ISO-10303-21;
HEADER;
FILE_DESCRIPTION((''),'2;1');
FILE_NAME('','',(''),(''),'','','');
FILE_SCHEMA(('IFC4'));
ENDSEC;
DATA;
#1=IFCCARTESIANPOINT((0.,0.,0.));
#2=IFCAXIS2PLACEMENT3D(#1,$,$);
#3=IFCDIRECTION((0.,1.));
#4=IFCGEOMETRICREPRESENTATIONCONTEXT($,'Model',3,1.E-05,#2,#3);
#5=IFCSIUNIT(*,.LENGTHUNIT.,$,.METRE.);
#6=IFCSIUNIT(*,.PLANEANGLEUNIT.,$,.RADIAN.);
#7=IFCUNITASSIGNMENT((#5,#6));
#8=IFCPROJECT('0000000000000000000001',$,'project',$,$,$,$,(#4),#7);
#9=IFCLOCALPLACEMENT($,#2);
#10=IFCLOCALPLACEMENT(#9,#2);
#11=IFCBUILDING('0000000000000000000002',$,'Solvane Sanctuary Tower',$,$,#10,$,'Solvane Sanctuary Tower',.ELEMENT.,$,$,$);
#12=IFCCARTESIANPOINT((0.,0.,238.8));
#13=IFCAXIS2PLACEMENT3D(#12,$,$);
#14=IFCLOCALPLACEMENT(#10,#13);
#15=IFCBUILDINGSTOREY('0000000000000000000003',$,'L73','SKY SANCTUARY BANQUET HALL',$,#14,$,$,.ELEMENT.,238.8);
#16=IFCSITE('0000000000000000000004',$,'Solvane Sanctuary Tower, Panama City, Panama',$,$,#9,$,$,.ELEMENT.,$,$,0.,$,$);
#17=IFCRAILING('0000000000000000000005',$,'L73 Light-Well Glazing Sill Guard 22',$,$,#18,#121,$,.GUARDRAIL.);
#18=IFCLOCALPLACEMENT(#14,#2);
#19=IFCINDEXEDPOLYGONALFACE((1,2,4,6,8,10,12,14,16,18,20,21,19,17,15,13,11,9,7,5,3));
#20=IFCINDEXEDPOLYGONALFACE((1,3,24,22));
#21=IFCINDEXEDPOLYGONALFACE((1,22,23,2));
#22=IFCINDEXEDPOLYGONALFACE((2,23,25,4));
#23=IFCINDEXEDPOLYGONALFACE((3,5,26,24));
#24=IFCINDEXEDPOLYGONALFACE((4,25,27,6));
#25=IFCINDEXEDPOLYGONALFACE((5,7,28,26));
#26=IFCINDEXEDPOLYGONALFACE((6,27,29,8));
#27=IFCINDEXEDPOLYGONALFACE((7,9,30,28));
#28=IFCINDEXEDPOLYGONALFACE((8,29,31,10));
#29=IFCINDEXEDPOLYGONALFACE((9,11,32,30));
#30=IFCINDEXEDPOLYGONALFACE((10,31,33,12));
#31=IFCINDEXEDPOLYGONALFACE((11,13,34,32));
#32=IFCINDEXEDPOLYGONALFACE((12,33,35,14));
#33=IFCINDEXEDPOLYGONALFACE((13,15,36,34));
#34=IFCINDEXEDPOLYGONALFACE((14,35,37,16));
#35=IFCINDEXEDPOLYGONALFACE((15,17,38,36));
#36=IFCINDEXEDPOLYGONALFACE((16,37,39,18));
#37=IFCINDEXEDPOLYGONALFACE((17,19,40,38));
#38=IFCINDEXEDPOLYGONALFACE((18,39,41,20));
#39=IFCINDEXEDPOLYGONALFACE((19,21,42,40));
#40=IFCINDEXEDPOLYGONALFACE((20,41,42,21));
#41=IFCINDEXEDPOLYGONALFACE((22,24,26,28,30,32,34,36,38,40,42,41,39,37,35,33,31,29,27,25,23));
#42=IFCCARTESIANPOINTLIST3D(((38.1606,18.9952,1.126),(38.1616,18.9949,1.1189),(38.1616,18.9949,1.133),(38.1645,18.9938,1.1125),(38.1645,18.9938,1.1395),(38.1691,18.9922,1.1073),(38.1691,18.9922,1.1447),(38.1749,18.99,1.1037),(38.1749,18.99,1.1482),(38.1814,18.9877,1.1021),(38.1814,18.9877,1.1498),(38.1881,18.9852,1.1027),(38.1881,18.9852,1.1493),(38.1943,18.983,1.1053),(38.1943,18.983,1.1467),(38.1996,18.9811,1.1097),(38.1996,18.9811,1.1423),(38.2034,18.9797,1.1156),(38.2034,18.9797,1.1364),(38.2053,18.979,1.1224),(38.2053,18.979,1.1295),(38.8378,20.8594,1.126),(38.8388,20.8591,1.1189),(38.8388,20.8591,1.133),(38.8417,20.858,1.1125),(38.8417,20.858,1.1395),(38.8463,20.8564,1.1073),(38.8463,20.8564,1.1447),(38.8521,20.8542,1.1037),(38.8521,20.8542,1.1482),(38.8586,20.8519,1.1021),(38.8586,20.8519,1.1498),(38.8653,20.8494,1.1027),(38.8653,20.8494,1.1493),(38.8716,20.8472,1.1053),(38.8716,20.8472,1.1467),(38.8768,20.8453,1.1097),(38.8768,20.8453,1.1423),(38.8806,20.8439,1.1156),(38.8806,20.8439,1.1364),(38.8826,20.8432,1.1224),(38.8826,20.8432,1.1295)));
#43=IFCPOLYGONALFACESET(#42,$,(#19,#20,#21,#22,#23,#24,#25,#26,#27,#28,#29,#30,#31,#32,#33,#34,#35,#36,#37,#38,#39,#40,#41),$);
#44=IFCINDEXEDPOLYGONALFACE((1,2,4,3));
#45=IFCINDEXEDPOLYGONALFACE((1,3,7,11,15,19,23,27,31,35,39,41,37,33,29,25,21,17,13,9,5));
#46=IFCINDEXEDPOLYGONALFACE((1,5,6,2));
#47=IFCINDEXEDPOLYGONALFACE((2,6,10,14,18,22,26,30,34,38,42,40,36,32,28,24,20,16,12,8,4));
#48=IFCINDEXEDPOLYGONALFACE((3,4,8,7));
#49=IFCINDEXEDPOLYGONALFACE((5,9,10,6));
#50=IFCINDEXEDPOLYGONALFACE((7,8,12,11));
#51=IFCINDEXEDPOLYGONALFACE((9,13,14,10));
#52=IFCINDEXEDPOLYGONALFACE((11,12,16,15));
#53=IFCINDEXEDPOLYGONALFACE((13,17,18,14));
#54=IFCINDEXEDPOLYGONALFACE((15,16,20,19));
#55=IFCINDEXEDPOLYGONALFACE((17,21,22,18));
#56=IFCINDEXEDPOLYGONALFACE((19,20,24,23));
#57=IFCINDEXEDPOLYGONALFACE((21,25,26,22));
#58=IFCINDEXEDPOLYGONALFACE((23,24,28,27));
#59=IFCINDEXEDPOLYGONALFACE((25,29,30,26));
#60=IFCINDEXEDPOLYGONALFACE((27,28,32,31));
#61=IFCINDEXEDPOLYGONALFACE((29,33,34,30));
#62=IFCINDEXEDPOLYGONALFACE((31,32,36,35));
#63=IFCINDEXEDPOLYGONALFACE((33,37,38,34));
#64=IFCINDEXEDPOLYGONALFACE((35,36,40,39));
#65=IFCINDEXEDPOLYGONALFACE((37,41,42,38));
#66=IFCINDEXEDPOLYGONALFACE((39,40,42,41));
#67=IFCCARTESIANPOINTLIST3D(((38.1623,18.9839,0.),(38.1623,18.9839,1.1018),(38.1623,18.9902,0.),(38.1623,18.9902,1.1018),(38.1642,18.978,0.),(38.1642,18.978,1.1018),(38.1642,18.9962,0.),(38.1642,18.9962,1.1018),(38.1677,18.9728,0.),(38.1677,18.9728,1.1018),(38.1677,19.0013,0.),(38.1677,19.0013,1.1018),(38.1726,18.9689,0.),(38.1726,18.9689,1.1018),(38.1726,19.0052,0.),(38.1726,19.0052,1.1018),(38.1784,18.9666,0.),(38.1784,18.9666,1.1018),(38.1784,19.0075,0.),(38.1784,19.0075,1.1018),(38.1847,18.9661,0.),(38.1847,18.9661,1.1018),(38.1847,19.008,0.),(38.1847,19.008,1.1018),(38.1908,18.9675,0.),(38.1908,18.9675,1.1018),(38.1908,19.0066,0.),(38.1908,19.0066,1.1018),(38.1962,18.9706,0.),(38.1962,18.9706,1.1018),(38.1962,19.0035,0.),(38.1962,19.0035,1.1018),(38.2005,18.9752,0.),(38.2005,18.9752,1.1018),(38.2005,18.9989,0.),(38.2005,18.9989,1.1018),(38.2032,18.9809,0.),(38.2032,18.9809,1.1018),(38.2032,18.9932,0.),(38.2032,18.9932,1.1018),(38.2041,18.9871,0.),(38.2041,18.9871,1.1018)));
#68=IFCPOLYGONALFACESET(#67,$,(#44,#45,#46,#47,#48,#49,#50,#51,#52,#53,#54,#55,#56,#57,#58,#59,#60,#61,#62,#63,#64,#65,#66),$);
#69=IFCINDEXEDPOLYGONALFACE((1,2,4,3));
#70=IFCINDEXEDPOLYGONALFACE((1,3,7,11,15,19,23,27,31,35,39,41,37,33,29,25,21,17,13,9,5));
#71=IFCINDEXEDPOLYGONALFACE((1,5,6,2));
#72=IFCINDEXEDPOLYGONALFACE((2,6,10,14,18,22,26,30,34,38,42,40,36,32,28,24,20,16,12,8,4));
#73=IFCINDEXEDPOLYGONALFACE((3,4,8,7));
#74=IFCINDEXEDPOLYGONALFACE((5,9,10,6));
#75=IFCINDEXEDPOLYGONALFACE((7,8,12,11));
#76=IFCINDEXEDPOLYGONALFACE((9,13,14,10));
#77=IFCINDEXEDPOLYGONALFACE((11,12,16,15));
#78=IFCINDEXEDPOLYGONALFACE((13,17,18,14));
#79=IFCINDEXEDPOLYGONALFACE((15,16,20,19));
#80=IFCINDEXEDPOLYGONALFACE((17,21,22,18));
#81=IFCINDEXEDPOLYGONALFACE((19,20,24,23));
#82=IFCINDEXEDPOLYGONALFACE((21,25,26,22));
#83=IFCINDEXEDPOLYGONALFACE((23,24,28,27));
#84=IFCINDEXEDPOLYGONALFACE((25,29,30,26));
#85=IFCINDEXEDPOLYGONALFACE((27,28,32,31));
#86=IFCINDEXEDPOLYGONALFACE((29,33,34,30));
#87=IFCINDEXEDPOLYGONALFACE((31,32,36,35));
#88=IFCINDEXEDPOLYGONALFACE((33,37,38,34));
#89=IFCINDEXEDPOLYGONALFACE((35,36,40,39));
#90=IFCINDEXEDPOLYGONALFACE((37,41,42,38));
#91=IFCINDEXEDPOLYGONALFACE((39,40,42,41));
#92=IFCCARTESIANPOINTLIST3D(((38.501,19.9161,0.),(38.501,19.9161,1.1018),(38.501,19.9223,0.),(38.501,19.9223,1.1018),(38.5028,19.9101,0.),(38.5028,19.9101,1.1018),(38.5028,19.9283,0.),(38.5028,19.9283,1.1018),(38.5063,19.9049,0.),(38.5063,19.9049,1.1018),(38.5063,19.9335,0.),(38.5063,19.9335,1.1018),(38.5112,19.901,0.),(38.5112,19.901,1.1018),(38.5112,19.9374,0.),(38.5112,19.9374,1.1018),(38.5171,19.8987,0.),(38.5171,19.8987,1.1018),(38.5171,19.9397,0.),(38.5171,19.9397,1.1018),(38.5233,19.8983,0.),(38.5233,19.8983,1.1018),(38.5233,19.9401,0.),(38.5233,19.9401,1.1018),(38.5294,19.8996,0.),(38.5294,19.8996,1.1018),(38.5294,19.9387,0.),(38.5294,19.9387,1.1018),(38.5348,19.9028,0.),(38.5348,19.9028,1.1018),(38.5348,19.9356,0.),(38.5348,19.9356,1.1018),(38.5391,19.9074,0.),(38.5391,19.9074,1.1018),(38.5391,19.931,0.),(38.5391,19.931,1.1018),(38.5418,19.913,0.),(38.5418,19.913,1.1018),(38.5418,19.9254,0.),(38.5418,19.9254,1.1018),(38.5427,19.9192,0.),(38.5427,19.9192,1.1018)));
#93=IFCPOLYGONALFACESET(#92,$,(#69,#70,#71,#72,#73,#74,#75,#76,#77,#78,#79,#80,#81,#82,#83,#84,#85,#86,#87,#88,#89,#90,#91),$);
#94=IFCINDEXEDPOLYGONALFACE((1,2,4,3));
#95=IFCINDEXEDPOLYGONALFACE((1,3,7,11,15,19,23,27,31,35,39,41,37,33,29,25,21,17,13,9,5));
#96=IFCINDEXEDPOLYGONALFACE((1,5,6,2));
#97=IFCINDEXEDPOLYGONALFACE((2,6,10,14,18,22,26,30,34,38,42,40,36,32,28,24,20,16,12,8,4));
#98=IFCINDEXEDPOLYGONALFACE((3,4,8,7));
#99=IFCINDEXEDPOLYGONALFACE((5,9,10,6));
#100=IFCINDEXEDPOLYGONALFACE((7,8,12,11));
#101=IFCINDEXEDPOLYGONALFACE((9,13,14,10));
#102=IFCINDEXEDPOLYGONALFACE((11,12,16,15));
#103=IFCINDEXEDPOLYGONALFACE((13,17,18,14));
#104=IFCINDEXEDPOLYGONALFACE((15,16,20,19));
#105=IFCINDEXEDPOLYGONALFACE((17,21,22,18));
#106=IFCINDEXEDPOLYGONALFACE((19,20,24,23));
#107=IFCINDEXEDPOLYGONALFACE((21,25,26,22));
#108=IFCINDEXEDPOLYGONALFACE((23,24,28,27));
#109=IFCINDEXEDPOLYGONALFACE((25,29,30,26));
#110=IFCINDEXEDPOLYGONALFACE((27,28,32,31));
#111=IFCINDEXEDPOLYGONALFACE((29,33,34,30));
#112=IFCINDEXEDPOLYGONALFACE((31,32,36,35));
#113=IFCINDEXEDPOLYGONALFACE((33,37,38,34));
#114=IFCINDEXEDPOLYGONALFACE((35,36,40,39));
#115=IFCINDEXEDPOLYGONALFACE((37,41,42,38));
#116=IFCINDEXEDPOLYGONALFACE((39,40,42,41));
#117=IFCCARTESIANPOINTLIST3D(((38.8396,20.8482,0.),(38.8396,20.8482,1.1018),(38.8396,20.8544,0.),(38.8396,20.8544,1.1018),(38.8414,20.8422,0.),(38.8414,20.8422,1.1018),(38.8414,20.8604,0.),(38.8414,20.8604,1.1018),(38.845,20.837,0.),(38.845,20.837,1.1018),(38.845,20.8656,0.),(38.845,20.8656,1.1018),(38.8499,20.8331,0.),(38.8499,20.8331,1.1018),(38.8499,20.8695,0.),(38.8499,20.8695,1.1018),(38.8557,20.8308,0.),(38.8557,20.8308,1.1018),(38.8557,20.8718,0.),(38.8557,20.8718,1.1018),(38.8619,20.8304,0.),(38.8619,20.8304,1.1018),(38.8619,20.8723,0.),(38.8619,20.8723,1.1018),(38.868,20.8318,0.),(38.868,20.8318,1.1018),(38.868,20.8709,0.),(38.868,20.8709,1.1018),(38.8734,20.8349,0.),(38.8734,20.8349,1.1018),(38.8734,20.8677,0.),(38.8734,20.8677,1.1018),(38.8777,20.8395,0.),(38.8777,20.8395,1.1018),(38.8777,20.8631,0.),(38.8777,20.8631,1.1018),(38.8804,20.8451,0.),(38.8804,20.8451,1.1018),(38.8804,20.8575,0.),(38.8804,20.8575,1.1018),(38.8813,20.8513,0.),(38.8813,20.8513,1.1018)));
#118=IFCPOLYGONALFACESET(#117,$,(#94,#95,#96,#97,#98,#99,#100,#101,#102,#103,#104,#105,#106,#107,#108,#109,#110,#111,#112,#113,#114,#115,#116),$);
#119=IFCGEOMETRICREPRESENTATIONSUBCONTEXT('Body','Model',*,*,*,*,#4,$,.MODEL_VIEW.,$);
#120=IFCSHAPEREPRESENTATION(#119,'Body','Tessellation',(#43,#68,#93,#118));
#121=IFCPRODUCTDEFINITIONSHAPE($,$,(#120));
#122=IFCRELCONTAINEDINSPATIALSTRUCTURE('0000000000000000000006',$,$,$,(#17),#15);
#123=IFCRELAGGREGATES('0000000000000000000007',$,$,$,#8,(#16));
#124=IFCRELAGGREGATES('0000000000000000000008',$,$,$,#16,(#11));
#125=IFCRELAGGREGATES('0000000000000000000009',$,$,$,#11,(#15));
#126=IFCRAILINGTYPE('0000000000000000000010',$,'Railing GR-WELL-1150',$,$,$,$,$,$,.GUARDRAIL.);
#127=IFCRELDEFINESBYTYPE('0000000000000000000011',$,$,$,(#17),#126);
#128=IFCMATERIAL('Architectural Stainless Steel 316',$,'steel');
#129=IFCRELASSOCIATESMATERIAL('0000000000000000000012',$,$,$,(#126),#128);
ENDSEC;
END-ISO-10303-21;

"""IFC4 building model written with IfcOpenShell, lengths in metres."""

from ifc_helpers import new_model, si_unit, direction, frame, origin, origin_2d, place, context, subcontext, project, spatial, circle, extrude, material, type_object, element, save


model = new_model("IFC4")

# Units and contexts
model_context = context("Model", 3, precision=1e-05, world=origin(), true_north=direction((0.0, 1.0)))
body_context = subcontext(model_context, "Body", "Model", "MODEL_VIEW")
ifc_project = project(units=[si_unit("LENGTHUNIT", "METRE"), si_unit("PLANEANGLEUNIT", "RADIAN")], contexts=[model_context])

# Site, building, storey
site_placement = place(None, origin())
site = spatial("IfcSite", under=ifc_project, at=site_placement, Name="Solvane Sanctuary Tower, Panama City, Panama", CompositionType="ELEMENT", RefElevation=0.0)
building_placement = place(site_placement, origin())
building = spatial("IfcBuilding", under=site, at=building_placement, Name="Solvane Sanctuary Tower", LongName="Solvane Sanctuary Tower", CompositionType="ELEMENT")
storey_placement = place(building_placement, frame((0.0, 0.0, 238.8)))
storey = spatial("IfcBuildingStorey", under=building, at=storey_placement, Name="L73", Description="SKY SANCTUARY BANQUET HALL", CompositionType="ELEMENT", Elevation=238.8)

# Railing
ifc_material_1 = material(Name="Architectural Stainless Steel 316", Category="steel")
railing_type = type_object("IfcRailingType", Name="Railing GR-WELL-1150", PredefinedType="GUARDRAIL", material=ifc_material_1)
railing_1_placement = place(storey_placement, frame((38.1831, 18.9871, 0.0)))
element("IfcRailing", 1, at=railing_1_placement, inside=storey, type_object=railing_type, Name="L73 Light-Well Glazing Sill Guard 22", PredefinedType="GUARDRAIL", context=body_context, shape_type="SweptSolid", body=[
    extrude(circle(Radius=0.0239, at=origin_2d()), frame((0.0, 0.0, 1.126), z_axis=(0.341447, 0.939901, 0.0), x_axis=(-0.939901, 0.341447, 0.0)), (0.0, 0.0, 1.0), 1.9834),
    extrude(circle(Radius=0.021, at=origin_2d()), origin(), (0.0, 0.0, 1.0), 1.1018),
    extrude(circle(Radius=0.021, at=origin_2d()), frame((0.3386, 0.9321, 0.0)), (0.0, 0.0, 1.0), 1.1018),
    extrude(circle(Radius=0.021, at=origin_2d()), frame((0.6772, 1.8643, 0.0)), (0.0, 0.0, 1.0), 1.1018),
])

save(model, "model.ifc")
